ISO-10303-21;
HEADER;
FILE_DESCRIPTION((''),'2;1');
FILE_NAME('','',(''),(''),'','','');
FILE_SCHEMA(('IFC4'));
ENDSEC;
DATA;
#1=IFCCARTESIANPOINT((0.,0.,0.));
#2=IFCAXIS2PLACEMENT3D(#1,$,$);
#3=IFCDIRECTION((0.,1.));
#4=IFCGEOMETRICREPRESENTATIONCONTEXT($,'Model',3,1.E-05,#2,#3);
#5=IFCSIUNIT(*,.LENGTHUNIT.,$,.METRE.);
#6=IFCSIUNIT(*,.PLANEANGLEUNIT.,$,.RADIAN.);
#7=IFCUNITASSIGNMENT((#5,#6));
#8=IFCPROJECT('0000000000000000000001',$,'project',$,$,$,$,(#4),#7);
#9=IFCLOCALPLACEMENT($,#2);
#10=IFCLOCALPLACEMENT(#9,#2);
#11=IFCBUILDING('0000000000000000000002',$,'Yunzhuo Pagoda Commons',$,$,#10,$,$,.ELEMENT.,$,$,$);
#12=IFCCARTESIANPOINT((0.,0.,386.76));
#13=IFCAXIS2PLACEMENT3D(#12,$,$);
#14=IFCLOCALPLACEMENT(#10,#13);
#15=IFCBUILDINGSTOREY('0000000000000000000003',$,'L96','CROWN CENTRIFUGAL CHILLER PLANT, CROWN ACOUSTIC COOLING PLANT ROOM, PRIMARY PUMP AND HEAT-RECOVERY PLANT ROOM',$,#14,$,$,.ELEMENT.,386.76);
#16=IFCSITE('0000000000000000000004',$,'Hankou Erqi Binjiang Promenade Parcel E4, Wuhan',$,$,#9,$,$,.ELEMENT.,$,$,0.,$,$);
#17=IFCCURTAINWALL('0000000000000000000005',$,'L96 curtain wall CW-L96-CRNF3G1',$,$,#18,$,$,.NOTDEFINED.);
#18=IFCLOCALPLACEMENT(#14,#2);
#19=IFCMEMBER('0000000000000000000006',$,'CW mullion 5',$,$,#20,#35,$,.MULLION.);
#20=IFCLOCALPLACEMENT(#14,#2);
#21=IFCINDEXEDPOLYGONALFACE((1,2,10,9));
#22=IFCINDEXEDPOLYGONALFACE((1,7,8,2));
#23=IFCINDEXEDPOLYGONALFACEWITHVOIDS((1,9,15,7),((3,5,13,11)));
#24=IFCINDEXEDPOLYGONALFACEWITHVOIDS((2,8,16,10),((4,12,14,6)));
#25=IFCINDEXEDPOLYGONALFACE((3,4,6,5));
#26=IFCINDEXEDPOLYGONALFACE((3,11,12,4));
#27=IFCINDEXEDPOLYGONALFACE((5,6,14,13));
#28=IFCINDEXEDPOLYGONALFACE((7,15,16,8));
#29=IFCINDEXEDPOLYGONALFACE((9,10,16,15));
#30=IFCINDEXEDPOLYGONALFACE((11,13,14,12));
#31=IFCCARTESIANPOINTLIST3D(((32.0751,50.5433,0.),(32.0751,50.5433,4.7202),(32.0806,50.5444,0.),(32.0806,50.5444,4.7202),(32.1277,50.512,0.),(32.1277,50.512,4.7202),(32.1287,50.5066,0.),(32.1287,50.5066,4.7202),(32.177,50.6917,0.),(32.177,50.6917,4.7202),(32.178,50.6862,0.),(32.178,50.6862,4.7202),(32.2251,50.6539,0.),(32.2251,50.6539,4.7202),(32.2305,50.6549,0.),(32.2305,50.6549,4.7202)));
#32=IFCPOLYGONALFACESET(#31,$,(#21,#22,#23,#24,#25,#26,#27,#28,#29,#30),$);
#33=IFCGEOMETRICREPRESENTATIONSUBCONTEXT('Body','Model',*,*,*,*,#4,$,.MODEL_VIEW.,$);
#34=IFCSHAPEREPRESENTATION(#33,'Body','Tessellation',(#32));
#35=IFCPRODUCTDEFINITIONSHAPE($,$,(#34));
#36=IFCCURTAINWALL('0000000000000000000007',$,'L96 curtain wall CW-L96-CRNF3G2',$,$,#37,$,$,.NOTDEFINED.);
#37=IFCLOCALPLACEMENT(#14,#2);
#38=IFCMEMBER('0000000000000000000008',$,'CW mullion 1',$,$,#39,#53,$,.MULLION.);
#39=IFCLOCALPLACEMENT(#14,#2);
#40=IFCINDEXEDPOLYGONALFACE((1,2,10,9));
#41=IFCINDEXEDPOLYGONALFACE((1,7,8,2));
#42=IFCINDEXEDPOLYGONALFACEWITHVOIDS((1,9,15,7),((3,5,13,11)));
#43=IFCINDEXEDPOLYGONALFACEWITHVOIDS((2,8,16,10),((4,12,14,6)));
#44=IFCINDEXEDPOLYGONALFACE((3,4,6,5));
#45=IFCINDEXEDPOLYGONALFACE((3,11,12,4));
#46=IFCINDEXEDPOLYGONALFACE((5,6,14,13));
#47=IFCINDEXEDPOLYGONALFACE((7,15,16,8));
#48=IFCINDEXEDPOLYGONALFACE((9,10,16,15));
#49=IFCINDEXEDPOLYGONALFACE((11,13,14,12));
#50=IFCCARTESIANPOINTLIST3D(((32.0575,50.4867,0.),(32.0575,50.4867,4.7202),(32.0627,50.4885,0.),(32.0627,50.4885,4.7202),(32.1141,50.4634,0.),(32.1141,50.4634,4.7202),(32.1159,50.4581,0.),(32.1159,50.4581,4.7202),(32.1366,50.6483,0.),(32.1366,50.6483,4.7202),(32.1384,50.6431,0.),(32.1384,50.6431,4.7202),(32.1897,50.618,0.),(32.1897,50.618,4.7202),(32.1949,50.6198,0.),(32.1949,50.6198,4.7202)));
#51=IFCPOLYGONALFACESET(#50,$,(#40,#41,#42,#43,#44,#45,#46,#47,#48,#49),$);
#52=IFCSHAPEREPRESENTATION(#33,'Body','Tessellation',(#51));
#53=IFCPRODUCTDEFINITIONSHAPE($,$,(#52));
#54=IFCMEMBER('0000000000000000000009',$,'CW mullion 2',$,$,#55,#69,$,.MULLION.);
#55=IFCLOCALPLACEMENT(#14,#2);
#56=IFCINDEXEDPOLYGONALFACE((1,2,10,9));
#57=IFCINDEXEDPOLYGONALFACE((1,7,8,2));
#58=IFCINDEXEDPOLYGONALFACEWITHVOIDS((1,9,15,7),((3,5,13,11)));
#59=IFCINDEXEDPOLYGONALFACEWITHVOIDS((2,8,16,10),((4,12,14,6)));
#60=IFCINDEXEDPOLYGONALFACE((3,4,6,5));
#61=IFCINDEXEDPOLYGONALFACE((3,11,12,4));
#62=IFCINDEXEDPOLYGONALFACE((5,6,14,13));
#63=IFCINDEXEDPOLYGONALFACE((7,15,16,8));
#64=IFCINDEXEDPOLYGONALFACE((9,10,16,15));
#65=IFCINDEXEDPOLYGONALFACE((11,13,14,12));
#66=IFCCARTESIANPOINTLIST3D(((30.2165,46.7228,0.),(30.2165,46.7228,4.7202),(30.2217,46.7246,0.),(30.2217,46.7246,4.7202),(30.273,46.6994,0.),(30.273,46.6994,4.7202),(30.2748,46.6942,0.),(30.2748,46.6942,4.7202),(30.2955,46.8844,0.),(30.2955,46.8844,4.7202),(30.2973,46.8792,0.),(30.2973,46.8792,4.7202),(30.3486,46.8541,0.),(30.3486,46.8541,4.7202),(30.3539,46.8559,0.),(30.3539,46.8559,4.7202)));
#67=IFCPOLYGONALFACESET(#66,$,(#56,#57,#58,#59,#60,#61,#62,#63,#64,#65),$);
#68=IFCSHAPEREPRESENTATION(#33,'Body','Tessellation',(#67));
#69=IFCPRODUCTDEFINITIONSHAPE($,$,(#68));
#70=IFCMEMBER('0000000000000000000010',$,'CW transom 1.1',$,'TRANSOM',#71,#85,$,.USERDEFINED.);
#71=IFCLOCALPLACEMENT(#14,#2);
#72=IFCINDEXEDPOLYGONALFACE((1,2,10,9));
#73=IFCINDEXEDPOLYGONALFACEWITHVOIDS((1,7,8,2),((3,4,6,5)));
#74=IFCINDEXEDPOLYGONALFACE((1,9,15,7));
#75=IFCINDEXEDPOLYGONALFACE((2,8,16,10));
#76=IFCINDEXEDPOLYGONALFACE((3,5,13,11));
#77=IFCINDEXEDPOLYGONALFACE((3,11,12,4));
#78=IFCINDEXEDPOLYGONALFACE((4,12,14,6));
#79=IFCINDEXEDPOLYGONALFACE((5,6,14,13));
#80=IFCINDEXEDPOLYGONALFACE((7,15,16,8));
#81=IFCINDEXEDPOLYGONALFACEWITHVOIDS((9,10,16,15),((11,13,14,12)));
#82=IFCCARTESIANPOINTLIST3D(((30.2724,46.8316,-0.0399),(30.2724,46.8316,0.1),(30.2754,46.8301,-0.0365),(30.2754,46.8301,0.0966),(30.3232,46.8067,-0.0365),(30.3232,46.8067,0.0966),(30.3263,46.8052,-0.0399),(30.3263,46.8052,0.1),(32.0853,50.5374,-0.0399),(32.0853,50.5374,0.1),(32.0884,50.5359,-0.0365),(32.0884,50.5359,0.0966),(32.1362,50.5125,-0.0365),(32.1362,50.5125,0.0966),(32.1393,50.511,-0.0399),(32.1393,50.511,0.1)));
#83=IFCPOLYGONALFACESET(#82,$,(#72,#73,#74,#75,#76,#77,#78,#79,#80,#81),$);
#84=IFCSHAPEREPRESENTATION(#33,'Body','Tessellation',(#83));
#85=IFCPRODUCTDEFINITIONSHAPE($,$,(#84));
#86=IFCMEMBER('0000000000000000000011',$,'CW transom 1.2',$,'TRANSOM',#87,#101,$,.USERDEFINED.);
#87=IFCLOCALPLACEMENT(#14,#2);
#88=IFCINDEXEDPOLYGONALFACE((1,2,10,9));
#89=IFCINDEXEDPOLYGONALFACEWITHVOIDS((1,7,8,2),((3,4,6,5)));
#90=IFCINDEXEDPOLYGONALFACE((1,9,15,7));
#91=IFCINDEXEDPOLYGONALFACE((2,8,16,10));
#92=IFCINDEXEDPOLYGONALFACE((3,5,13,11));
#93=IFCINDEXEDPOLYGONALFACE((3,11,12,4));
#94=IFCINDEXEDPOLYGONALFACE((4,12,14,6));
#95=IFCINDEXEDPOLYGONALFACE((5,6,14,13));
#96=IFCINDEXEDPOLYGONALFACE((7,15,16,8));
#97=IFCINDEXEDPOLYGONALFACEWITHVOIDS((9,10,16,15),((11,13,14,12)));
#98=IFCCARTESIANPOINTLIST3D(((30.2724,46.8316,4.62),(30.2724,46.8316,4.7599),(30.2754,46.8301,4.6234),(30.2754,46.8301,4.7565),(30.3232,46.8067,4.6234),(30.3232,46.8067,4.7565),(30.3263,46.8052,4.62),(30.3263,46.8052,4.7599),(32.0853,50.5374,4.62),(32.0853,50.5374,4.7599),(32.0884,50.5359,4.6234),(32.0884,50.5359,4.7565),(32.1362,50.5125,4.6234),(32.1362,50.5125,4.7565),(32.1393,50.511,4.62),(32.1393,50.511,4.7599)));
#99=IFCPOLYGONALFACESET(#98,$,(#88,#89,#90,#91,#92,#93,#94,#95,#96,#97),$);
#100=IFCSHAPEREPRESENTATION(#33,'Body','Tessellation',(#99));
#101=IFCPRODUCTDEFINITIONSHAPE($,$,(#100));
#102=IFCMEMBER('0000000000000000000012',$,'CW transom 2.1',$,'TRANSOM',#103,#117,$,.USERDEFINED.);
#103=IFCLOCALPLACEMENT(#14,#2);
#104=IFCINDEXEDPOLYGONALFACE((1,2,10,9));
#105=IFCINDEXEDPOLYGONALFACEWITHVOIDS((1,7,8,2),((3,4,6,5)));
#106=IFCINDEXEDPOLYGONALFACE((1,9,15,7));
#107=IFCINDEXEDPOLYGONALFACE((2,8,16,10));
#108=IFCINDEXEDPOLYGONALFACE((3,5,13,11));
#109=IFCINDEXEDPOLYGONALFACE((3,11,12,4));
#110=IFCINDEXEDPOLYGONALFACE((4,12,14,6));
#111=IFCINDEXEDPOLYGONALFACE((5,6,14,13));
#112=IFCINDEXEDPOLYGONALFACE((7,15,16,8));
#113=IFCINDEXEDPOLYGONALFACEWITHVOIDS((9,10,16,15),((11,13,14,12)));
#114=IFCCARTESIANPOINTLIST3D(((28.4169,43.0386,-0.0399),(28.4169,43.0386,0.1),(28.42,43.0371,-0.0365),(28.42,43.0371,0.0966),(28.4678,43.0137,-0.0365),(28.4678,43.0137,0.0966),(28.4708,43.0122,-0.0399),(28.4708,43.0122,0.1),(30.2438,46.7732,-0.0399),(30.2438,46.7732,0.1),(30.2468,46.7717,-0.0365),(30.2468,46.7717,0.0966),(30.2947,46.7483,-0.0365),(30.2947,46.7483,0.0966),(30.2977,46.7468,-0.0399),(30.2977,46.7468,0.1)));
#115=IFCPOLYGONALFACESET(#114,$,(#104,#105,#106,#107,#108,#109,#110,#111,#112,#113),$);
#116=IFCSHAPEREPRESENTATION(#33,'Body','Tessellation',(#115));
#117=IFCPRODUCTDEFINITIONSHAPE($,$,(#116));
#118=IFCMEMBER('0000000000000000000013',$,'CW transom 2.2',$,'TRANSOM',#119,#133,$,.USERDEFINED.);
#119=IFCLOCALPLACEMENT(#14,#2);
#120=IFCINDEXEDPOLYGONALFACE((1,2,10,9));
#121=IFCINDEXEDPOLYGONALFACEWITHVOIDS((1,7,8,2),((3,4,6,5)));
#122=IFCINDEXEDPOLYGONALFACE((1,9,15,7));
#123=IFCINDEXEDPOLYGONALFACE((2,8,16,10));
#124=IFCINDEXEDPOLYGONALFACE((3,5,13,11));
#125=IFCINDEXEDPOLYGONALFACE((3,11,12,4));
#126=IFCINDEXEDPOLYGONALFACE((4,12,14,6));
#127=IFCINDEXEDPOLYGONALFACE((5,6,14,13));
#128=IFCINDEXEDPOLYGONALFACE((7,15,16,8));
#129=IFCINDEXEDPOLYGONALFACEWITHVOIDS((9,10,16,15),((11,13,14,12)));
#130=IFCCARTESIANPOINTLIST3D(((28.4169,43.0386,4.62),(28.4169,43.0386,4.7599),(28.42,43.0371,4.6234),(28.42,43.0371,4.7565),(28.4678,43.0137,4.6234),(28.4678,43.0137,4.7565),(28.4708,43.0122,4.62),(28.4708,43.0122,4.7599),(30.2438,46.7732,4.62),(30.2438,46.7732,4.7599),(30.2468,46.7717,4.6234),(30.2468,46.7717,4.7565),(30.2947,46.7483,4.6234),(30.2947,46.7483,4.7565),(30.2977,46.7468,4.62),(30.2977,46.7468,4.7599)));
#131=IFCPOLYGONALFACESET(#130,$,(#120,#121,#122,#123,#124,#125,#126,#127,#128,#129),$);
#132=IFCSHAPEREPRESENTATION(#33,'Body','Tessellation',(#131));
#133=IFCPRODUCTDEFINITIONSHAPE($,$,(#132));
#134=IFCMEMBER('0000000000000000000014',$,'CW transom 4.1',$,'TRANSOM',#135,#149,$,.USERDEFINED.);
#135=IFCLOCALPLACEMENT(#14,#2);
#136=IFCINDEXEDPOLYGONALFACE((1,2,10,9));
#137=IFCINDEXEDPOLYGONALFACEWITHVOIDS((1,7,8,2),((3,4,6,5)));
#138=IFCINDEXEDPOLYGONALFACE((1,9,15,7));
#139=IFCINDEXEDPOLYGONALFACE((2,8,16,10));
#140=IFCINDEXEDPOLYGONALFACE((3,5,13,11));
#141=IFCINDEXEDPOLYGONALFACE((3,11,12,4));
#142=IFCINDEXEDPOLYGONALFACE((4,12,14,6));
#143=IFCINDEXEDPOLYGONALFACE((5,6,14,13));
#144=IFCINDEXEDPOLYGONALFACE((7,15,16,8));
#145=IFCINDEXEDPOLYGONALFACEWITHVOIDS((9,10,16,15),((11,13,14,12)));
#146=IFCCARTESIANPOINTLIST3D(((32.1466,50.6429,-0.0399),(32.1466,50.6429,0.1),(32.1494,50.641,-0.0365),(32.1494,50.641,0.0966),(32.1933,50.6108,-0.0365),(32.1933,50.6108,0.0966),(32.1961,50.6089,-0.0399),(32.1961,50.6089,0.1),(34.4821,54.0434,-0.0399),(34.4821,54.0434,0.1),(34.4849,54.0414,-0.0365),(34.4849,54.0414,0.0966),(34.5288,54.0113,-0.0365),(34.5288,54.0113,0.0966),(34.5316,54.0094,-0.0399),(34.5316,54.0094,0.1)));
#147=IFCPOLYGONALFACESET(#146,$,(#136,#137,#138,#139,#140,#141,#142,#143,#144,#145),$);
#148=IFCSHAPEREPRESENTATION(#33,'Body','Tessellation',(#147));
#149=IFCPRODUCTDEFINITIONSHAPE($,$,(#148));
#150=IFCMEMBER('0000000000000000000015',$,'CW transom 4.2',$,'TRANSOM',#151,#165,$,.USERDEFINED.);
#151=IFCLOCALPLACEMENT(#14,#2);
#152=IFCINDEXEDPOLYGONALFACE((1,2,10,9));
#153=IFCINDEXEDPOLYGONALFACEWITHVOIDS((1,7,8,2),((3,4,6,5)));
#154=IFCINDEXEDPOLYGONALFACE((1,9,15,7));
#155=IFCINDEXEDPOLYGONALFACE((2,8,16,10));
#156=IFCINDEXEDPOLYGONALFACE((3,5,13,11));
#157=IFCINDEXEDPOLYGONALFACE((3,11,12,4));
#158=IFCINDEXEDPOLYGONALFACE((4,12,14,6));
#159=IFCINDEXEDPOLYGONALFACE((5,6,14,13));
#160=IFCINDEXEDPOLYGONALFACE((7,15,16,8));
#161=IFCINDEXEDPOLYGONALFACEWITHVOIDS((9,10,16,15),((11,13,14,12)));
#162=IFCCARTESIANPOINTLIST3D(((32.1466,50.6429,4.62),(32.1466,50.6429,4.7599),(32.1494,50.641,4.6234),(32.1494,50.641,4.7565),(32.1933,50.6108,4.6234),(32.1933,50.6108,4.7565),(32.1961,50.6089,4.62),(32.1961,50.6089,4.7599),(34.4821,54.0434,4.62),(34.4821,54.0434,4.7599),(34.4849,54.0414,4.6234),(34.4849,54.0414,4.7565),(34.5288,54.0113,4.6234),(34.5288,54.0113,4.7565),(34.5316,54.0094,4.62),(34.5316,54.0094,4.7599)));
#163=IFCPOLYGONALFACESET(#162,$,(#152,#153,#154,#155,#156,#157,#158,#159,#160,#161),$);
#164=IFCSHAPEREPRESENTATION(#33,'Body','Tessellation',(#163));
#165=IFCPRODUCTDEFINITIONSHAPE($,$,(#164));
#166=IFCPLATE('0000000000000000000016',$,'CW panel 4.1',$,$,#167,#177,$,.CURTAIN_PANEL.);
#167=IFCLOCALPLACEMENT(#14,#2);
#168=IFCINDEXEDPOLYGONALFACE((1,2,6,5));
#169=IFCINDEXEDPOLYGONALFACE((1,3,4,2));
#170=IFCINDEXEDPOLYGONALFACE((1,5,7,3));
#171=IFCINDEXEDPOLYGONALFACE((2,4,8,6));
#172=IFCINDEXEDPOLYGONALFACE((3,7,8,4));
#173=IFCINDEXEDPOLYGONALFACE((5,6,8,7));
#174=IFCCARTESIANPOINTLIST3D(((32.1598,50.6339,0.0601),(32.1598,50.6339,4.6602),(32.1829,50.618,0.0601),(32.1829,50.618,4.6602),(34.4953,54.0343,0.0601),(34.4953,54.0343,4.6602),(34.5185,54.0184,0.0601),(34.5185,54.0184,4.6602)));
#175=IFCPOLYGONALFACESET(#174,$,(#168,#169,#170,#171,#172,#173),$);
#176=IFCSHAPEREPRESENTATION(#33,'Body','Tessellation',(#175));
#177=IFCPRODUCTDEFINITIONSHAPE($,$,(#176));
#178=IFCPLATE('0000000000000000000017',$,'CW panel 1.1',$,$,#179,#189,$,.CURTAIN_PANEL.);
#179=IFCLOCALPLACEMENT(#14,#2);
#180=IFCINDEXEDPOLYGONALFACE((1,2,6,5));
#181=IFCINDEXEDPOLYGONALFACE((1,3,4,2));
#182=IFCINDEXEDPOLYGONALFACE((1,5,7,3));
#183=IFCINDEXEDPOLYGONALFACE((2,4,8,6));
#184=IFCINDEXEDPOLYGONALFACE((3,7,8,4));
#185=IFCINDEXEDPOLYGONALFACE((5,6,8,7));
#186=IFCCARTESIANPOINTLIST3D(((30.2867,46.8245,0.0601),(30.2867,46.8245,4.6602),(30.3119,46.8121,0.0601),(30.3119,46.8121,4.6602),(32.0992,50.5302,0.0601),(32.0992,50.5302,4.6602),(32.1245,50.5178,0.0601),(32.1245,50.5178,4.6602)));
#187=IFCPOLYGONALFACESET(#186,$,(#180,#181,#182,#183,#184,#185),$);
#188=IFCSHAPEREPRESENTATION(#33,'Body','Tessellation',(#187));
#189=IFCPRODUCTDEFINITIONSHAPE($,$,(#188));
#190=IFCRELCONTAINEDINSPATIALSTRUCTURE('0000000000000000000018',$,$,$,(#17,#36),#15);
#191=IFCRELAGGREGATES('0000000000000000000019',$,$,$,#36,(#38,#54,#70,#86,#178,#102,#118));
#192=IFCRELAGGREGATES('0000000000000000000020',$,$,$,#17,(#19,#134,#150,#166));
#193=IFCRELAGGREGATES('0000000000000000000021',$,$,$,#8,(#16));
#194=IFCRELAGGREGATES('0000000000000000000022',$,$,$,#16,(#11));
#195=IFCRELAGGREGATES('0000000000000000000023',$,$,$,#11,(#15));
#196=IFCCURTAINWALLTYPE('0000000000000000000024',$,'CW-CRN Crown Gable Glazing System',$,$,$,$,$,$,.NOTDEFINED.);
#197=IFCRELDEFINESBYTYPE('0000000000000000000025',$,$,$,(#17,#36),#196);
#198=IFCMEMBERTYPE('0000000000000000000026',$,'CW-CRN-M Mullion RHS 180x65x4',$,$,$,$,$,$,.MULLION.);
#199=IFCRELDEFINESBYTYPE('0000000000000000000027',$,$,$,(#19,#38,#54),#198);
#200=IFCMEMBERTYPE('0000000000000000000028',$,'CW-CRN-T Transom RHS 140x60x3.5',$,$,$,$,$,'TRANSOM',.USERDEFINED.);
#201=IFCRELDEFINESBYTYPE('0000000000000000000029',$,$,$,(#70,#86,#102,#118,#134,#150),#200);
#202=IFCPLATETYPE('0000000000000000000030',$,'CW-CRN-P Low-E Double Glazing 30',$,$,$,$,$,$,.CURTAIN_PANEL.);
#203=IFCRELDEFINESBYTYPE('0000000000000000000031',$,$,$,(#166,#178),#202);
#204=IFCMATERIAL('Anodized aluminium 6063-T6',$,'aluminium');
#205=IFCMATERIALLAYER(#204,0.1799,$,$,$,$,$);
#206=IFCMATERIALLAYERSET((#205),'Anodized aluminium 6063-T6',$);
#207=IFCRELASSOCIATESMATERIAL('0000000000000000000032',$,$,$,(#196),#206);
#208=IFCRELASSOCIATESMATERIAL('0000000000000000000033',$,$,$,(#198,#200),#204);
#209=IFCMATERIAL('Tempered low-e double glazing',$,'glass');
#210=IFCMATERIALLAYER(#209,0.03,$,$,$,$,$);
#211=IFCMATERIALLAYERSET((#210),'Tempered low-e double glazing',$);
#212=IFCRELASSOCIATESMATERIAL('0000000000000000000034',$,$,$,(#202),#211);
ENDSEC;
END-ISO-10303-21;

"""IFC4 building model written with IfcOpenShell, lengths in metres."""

from ifc_helpers import new_model, si_unit, direction, frame, origin, origin_2d, place, context, subcontext, project, spatial, rectangle, hollow_rectangle, extrude, source, transform, mapped, material, layer, layer_set, material_profile, profile_set, type_object, element, aggregate, save


model = new_model("IFC4")

# Units and contexts
model_context = context("Model", 3, precision=1e-05, world=origin(), true_north=direction((0.0, 1.0)))
body_context = subcontext(model_context, "Body", "Model", "MODEL_VIEW")
ifc_project = project(units=[si_unit("LENGTHUNIT", "METRE"), si_unit("PLANEANGLEUNIT", "RADIAN")], contexts=[model_context])

# Site, building, storey
site_placement = place(None, origin())
site = spatial("IfcSite", under=ifc_project, at=site_placement, Name="Hankou Erqi Binjiang Promenade Parcel E4, Wuhan", CompositionType="ELEMENT", RefElevation=0.0)
building_placement = place(site_placement, origin())
building = spatial("IfcBuilding", under=site, at=building_placement, Name="Yunzhuo Pagoda Commons", CompositionType="ELEMENT")
storey_placement = place(building_placement, frame((0.0, 0.0, 386.76)))
storey = spatial("IfcBuildingStorey", under=building, at=storey_placement, Name="L96", Description="CROWN CENTRIFUGAL CHILLER PLANT, CROWN ACOUSTIC COOLING PLANT ROOM, PRIMARY PUMP AND HEAT-RECOVERY PLANT ROOM", CompositionType="ELEMENT", Elevation=386.76)

# Curtain walls, members
ifc_material_1 = material(Name="Anodized aluminium 6063-T6", Category="aluminium")
ifc_layer_1 = layer(ifc_material_1, 0.1799)
ifc_layer_set_1 = layer_set([ifc_layer_1], Name="Anodized aluminium 6063-T6")
curtain_wall_type = type_object("IfcCurtainWallType", Name="CW-CRN Crown Gable Glazing System", PredefinedType="NOTDEFINED", material=ifc_layer_set_1)
curtain_wall_1_placement = place(storey_placement, origin())
curtain_wall_1 = element("IfcCurtainWall", 1, at=curtain_wall_1_placement, inside=storey, type_object=curtain_wall_type, Name="L96 curtain wall CW-L96-CRNF3G1", PredefinedType="NOTDEFINED")
ifc_material_profile_1 = material_profile(ifc_material_1, hollow_rectangle(XDim=0.0649, YDim=0.1799, WallThickness=0.0039, at=origin_2d()), Name="Anodized aluminium 6063-T6")
ifc_profile_set_1 = profile_set([ifc_material_profile_1], Name="Anodized aluminium 6063-T6")
member_type_1 = type_object("IfcMemberType", Name="CW-CRN-M Mullion RHS 180x65x4", PredefinedType="MULLION", material=ifc_profile_set_1)
shared_shape_1 = source(origin(), body_context, "Body", "SweptSolid", [
    extrude(hollow_rectangle(XDim=0.0649, YDim=0.1799, WallThickness=0.0039, at=origin_2d()), origin(), (0.0, 0.0, 1.0), 4.7202),
])
member_1_placement = place(storey_placement, frame((32.1528, 50.5991, 0.0), z_axis=(0.0, 0.0, 1.0), x_axis=(0.824296, -0.566159, 0.0)))
member_1 = element("IfcMember", 2, at=member_1_placement, type_object=member_type_1, Name="CW mullion 5", PredefinedType="MULLION", context=body_context, shape_type="MappedRepresentation", body=[
    mapped(shared_shape_1, transform((0.0, 0.0, 0.0), scale=1.0)),
])
curtain_wall_2_placement = place(storey_placement, origin())
curtain_wall_2 = element("IfcCurtainWall", 3, at=curtain_wall_2_placement, inside=storey, type_object=curtain_wall_type, Name="L96 curtain wall CW-L96-CRNF3G2", PredefinedType="NOTDEFINED")
member_2_placement = place(storey_placement, frame((32.1262, 50.5532, 0.0), z_axis=(0.0, 0.0, 1.0), x_axis=(0.898299, -0.439384, 0.0)))
member_2 = element("IfcMember", 4, at=member_2_placement, type_object=member_type_1, Name="CW mullion 1", PredefinedType="MULLION", context=body_context, shape_type="MappedRepresentation", body=[
    mapped(shared_shape_1, transform((0.0, 0.0, 0.0), scale=1.0)),
])
member_3_placement = place(storey_placement, frame((30.2852, 46.7893, 0.0), z_axis=(0.0, 0.0, 1.0), x_axis=(0.898299, -0.439384, 0.0)))
member_3 = element("IfcMember", 5, at=member_3_placement, type_object=member_type_1, Name="CW mullion 2", PredefinedType="MULLION", context=body_context, shape_type="MappedRepresentation", body=[
    mapped(shared_shape_1, transform((0.0, 0.0, 0.0), scale=1.0)),
])
ifc_material_profile_2 = material_profile(ifc_material_1, hollow_rectangle(XDim=0.0601, YDim=0.1399, WallThickness=0.0034, at=origin_2d()), Name="Anodized aluminium 6063-T6")
ifc_profile_set_2 = profile_set([ifc_material_profile_2], Name="Anodized aluminium 6063-T6")
member_type_2 = type_object("IfcMemberType", Name="CW-CRN-T Transom RHS 140x60x3.5", ElementType="TRANSOM", PredefinedType="USERDEFINED", material=ifc_profile_set_2)
shared_shape_2 = source(origin(), body_context, "Body", "SweptSolid", [
    extrude(hollow_rectangle(XDim=0.0601, YDim=0.1399, WallThickness=0.0034, at=origin_2d()), origin(), (0.0, 0.0, 1.0), 4.1255),
])
member_4_placement = place(storey_placement, frame((32.1123, 50.5242, 0.03), z_axis=(-0.439456, -0.898264, 0.0), x_axis=(0.898264, -0.439456, 0.0)))
member_4 = element("IfcMember", 6, at=member_4_placement, type_object=member_type_2, Name="CW transom 1.1", ObjectType="TRANSOM", PredefinedType="USERDEFINED", context=body_context, shape_type="MappedRepresentation", body=[
    mapped(shared_shape_2, transform((0.0, 0.0, 0.0), scale=1.0)),
])
member_5_placement = place(storey_placement, frame((32.1123, 50.5242, 4.6899), z_axis=(-0.439456, -0.898264, 0.0), x_axis=(0.898264, -0.439456, 0.0)))
member_5 = element("IfcMember", 7, at=member_5_placement, type_object=member_type_2, Name="CW transom 1.2", ObjectType="TRANSOM", PredefinedType="USERDEFINED", context=body_context, shape_type="MappedRepresentation", body=[
    mapped(shared_shape_2, transform((0.0, 0.0, 0.0), scale=1.0)),
])
shared_shape_3 = source(origin(), body_context, "Body", "SweptSolid", [
    extrude(hollow_rectangle(XDim=0.0601, YDim=0.1399, WallThickness=0.0034, at=origin_2d()), origin(), (0.0, 0.0, 1.0), 4.1575),
])
member_6_placement = place(storey_placement, frame((30.2708, 46.76, 0.03), z_axis=(-0.439422, -0.898281, 0.0), x_axis=(0.898281, -0.439422, 0.0)))
member_6 = element("IfcMember", 8, at=member_6_placement, type_object=member_type_2, Name="CW transom 2.1", ObjectType="TRANSOM", PredefinedType="USERDEFINED", context=body_context, shape_type="MappedRepresentation", body=[
    mapped(shared_shape_3, transform((0.0, 0.0, 0.0), scale=1.0)),
])
member_7_placement = place(storey_placement, frame((30.2708, 46.76, 4.6899), z_axis=(-0.439422, -0.898281, 0.0), x_axis=(0.898281, -0.439422, 0.0)))
member_7 = element("IfcMember", 9, at=member_7_placement, type_object=member_type_2, Name="CW transom 2.2", ObjectType="TRANSOM", PredefinedType="USERDEFINED", context=body_context, shape_type="MappedRepresentation", body=[
    mapped(shared_shape_3, transform((0.0, 0.0, 0.0), scale=1.0)),
])

# Members
shared_shape_4 = source(origin(), body_context, "Body", "SweptSolid", [
    extrude(hollow_rectangle(XDim=0.0601, YDim=0.1399, WallThickness=0.0034, at=origin_2d()), origin(), (0.0, 0.0, 1.0), 4.1252),
])
member_8_placement = place(storey_placement, frame((34.5068, 54.0264, 0.03), z_axis=(-0.566147, -0.824304, 0.0), x_axis=(0.824304, -0.566147, 0.0)))
member_8 = element("IfcMember", 10, at=member_8_placement, type_object=member_type_2, Name="CW transom 4.1", ObjectType="TRANSOM", PredefinedType="USERDEFINED", context=body_context, shape_type="MappedRepresentation", body=[
    mapped(shared_shape_4, transform((0.0, 0.0, 0.0), scale=1.0)),
])
member_9_placement = place(storey_placement, frame((34.5068, 54.0264, 4.6899), z_axis=(-0.566147, -0.824304, 0.0), x_axis=(0.824304, -0.566147, 0.0)))
member_9 = element("IfcMember", 11, at=member_9_placement, type_object=member_type_2, Name="CW transom 4.2", ObjectType="TRANSOM", PredefinedType="USERDEFINED", context=body_context, shape_type="MappedRepresentation", body=[
    mapped(shared_shape_4, transform((0.0, 0.0, 0.0), scale=1.0)),
])

# Plates
ifc_material_2 = material(Name="Tempered low-e double glazing", Category="glass")
ifc_layer_2 = layer(ifc_material_2, 0.03)
ifc_layer_set_2 = layer_set([ifc_layer_2], Name="Tempered low-e double glazing")
plate_type = type_object("IfcPlateType", Name="CW-CRN-P Low-E Double Glazing 30", PredefinedType="CURTAIN_PANEL", material=ifc_layer_set_2)
shared_shape_5 = source(origin(), body_context, "Body", "SweptSolid", [
    extrude(rectangle(XDim=4.1252, YDim=0.0281, at=origin_2d()), origin(), (0.0, 0.0, 1.0), 4.6001),
])
plate_1_placement = place(storey_placement, frame((33.3391, 52.3262, 0.0601), z_axis=(0.0, 0.0, 1.0), x_axis=(-0.566159, -0.824296, 0.0)))
plate_1 = element("IfcPlate", 12, at=plate_1_placement, type_object=plate_type, Name="CW panel 4.1", PredefinedType="CURTAIN_PANEL", context=body_context, shape_type="MappedRepresentation", body=[
    mapped(shared_shape_5, transform((0.0, 0.0, 0.0), scale=1.0)),
])
plate_2_placement = place(storey_placement, frame((31.2056, 48.6711, 0.0601), z_axis=(0.0, 0.0, 1.0), x_axis=(-0.439384, -0.898299, 0.0)))
plate_2 = element("IfcPlate", 13, at=plate_2_placement, type_object=plate_type, Name="CW panel 1.1", PredefinedType="CURTAIN_PANEL", context=body_context, shape_type="MappedRepresentation", body=[
    mapped(shared_shape_5, transform((0.0, 0.0, 0.0), scale=1.0)),
])
aggregate(curtain_wall_2, [member_2, member_3, member_4, member_5, plate_2, member_6, member_7])
aggregate(curtain_wall_1, [member_1, member_8, member_9, plate_1])

save(model, "model.ifc")
